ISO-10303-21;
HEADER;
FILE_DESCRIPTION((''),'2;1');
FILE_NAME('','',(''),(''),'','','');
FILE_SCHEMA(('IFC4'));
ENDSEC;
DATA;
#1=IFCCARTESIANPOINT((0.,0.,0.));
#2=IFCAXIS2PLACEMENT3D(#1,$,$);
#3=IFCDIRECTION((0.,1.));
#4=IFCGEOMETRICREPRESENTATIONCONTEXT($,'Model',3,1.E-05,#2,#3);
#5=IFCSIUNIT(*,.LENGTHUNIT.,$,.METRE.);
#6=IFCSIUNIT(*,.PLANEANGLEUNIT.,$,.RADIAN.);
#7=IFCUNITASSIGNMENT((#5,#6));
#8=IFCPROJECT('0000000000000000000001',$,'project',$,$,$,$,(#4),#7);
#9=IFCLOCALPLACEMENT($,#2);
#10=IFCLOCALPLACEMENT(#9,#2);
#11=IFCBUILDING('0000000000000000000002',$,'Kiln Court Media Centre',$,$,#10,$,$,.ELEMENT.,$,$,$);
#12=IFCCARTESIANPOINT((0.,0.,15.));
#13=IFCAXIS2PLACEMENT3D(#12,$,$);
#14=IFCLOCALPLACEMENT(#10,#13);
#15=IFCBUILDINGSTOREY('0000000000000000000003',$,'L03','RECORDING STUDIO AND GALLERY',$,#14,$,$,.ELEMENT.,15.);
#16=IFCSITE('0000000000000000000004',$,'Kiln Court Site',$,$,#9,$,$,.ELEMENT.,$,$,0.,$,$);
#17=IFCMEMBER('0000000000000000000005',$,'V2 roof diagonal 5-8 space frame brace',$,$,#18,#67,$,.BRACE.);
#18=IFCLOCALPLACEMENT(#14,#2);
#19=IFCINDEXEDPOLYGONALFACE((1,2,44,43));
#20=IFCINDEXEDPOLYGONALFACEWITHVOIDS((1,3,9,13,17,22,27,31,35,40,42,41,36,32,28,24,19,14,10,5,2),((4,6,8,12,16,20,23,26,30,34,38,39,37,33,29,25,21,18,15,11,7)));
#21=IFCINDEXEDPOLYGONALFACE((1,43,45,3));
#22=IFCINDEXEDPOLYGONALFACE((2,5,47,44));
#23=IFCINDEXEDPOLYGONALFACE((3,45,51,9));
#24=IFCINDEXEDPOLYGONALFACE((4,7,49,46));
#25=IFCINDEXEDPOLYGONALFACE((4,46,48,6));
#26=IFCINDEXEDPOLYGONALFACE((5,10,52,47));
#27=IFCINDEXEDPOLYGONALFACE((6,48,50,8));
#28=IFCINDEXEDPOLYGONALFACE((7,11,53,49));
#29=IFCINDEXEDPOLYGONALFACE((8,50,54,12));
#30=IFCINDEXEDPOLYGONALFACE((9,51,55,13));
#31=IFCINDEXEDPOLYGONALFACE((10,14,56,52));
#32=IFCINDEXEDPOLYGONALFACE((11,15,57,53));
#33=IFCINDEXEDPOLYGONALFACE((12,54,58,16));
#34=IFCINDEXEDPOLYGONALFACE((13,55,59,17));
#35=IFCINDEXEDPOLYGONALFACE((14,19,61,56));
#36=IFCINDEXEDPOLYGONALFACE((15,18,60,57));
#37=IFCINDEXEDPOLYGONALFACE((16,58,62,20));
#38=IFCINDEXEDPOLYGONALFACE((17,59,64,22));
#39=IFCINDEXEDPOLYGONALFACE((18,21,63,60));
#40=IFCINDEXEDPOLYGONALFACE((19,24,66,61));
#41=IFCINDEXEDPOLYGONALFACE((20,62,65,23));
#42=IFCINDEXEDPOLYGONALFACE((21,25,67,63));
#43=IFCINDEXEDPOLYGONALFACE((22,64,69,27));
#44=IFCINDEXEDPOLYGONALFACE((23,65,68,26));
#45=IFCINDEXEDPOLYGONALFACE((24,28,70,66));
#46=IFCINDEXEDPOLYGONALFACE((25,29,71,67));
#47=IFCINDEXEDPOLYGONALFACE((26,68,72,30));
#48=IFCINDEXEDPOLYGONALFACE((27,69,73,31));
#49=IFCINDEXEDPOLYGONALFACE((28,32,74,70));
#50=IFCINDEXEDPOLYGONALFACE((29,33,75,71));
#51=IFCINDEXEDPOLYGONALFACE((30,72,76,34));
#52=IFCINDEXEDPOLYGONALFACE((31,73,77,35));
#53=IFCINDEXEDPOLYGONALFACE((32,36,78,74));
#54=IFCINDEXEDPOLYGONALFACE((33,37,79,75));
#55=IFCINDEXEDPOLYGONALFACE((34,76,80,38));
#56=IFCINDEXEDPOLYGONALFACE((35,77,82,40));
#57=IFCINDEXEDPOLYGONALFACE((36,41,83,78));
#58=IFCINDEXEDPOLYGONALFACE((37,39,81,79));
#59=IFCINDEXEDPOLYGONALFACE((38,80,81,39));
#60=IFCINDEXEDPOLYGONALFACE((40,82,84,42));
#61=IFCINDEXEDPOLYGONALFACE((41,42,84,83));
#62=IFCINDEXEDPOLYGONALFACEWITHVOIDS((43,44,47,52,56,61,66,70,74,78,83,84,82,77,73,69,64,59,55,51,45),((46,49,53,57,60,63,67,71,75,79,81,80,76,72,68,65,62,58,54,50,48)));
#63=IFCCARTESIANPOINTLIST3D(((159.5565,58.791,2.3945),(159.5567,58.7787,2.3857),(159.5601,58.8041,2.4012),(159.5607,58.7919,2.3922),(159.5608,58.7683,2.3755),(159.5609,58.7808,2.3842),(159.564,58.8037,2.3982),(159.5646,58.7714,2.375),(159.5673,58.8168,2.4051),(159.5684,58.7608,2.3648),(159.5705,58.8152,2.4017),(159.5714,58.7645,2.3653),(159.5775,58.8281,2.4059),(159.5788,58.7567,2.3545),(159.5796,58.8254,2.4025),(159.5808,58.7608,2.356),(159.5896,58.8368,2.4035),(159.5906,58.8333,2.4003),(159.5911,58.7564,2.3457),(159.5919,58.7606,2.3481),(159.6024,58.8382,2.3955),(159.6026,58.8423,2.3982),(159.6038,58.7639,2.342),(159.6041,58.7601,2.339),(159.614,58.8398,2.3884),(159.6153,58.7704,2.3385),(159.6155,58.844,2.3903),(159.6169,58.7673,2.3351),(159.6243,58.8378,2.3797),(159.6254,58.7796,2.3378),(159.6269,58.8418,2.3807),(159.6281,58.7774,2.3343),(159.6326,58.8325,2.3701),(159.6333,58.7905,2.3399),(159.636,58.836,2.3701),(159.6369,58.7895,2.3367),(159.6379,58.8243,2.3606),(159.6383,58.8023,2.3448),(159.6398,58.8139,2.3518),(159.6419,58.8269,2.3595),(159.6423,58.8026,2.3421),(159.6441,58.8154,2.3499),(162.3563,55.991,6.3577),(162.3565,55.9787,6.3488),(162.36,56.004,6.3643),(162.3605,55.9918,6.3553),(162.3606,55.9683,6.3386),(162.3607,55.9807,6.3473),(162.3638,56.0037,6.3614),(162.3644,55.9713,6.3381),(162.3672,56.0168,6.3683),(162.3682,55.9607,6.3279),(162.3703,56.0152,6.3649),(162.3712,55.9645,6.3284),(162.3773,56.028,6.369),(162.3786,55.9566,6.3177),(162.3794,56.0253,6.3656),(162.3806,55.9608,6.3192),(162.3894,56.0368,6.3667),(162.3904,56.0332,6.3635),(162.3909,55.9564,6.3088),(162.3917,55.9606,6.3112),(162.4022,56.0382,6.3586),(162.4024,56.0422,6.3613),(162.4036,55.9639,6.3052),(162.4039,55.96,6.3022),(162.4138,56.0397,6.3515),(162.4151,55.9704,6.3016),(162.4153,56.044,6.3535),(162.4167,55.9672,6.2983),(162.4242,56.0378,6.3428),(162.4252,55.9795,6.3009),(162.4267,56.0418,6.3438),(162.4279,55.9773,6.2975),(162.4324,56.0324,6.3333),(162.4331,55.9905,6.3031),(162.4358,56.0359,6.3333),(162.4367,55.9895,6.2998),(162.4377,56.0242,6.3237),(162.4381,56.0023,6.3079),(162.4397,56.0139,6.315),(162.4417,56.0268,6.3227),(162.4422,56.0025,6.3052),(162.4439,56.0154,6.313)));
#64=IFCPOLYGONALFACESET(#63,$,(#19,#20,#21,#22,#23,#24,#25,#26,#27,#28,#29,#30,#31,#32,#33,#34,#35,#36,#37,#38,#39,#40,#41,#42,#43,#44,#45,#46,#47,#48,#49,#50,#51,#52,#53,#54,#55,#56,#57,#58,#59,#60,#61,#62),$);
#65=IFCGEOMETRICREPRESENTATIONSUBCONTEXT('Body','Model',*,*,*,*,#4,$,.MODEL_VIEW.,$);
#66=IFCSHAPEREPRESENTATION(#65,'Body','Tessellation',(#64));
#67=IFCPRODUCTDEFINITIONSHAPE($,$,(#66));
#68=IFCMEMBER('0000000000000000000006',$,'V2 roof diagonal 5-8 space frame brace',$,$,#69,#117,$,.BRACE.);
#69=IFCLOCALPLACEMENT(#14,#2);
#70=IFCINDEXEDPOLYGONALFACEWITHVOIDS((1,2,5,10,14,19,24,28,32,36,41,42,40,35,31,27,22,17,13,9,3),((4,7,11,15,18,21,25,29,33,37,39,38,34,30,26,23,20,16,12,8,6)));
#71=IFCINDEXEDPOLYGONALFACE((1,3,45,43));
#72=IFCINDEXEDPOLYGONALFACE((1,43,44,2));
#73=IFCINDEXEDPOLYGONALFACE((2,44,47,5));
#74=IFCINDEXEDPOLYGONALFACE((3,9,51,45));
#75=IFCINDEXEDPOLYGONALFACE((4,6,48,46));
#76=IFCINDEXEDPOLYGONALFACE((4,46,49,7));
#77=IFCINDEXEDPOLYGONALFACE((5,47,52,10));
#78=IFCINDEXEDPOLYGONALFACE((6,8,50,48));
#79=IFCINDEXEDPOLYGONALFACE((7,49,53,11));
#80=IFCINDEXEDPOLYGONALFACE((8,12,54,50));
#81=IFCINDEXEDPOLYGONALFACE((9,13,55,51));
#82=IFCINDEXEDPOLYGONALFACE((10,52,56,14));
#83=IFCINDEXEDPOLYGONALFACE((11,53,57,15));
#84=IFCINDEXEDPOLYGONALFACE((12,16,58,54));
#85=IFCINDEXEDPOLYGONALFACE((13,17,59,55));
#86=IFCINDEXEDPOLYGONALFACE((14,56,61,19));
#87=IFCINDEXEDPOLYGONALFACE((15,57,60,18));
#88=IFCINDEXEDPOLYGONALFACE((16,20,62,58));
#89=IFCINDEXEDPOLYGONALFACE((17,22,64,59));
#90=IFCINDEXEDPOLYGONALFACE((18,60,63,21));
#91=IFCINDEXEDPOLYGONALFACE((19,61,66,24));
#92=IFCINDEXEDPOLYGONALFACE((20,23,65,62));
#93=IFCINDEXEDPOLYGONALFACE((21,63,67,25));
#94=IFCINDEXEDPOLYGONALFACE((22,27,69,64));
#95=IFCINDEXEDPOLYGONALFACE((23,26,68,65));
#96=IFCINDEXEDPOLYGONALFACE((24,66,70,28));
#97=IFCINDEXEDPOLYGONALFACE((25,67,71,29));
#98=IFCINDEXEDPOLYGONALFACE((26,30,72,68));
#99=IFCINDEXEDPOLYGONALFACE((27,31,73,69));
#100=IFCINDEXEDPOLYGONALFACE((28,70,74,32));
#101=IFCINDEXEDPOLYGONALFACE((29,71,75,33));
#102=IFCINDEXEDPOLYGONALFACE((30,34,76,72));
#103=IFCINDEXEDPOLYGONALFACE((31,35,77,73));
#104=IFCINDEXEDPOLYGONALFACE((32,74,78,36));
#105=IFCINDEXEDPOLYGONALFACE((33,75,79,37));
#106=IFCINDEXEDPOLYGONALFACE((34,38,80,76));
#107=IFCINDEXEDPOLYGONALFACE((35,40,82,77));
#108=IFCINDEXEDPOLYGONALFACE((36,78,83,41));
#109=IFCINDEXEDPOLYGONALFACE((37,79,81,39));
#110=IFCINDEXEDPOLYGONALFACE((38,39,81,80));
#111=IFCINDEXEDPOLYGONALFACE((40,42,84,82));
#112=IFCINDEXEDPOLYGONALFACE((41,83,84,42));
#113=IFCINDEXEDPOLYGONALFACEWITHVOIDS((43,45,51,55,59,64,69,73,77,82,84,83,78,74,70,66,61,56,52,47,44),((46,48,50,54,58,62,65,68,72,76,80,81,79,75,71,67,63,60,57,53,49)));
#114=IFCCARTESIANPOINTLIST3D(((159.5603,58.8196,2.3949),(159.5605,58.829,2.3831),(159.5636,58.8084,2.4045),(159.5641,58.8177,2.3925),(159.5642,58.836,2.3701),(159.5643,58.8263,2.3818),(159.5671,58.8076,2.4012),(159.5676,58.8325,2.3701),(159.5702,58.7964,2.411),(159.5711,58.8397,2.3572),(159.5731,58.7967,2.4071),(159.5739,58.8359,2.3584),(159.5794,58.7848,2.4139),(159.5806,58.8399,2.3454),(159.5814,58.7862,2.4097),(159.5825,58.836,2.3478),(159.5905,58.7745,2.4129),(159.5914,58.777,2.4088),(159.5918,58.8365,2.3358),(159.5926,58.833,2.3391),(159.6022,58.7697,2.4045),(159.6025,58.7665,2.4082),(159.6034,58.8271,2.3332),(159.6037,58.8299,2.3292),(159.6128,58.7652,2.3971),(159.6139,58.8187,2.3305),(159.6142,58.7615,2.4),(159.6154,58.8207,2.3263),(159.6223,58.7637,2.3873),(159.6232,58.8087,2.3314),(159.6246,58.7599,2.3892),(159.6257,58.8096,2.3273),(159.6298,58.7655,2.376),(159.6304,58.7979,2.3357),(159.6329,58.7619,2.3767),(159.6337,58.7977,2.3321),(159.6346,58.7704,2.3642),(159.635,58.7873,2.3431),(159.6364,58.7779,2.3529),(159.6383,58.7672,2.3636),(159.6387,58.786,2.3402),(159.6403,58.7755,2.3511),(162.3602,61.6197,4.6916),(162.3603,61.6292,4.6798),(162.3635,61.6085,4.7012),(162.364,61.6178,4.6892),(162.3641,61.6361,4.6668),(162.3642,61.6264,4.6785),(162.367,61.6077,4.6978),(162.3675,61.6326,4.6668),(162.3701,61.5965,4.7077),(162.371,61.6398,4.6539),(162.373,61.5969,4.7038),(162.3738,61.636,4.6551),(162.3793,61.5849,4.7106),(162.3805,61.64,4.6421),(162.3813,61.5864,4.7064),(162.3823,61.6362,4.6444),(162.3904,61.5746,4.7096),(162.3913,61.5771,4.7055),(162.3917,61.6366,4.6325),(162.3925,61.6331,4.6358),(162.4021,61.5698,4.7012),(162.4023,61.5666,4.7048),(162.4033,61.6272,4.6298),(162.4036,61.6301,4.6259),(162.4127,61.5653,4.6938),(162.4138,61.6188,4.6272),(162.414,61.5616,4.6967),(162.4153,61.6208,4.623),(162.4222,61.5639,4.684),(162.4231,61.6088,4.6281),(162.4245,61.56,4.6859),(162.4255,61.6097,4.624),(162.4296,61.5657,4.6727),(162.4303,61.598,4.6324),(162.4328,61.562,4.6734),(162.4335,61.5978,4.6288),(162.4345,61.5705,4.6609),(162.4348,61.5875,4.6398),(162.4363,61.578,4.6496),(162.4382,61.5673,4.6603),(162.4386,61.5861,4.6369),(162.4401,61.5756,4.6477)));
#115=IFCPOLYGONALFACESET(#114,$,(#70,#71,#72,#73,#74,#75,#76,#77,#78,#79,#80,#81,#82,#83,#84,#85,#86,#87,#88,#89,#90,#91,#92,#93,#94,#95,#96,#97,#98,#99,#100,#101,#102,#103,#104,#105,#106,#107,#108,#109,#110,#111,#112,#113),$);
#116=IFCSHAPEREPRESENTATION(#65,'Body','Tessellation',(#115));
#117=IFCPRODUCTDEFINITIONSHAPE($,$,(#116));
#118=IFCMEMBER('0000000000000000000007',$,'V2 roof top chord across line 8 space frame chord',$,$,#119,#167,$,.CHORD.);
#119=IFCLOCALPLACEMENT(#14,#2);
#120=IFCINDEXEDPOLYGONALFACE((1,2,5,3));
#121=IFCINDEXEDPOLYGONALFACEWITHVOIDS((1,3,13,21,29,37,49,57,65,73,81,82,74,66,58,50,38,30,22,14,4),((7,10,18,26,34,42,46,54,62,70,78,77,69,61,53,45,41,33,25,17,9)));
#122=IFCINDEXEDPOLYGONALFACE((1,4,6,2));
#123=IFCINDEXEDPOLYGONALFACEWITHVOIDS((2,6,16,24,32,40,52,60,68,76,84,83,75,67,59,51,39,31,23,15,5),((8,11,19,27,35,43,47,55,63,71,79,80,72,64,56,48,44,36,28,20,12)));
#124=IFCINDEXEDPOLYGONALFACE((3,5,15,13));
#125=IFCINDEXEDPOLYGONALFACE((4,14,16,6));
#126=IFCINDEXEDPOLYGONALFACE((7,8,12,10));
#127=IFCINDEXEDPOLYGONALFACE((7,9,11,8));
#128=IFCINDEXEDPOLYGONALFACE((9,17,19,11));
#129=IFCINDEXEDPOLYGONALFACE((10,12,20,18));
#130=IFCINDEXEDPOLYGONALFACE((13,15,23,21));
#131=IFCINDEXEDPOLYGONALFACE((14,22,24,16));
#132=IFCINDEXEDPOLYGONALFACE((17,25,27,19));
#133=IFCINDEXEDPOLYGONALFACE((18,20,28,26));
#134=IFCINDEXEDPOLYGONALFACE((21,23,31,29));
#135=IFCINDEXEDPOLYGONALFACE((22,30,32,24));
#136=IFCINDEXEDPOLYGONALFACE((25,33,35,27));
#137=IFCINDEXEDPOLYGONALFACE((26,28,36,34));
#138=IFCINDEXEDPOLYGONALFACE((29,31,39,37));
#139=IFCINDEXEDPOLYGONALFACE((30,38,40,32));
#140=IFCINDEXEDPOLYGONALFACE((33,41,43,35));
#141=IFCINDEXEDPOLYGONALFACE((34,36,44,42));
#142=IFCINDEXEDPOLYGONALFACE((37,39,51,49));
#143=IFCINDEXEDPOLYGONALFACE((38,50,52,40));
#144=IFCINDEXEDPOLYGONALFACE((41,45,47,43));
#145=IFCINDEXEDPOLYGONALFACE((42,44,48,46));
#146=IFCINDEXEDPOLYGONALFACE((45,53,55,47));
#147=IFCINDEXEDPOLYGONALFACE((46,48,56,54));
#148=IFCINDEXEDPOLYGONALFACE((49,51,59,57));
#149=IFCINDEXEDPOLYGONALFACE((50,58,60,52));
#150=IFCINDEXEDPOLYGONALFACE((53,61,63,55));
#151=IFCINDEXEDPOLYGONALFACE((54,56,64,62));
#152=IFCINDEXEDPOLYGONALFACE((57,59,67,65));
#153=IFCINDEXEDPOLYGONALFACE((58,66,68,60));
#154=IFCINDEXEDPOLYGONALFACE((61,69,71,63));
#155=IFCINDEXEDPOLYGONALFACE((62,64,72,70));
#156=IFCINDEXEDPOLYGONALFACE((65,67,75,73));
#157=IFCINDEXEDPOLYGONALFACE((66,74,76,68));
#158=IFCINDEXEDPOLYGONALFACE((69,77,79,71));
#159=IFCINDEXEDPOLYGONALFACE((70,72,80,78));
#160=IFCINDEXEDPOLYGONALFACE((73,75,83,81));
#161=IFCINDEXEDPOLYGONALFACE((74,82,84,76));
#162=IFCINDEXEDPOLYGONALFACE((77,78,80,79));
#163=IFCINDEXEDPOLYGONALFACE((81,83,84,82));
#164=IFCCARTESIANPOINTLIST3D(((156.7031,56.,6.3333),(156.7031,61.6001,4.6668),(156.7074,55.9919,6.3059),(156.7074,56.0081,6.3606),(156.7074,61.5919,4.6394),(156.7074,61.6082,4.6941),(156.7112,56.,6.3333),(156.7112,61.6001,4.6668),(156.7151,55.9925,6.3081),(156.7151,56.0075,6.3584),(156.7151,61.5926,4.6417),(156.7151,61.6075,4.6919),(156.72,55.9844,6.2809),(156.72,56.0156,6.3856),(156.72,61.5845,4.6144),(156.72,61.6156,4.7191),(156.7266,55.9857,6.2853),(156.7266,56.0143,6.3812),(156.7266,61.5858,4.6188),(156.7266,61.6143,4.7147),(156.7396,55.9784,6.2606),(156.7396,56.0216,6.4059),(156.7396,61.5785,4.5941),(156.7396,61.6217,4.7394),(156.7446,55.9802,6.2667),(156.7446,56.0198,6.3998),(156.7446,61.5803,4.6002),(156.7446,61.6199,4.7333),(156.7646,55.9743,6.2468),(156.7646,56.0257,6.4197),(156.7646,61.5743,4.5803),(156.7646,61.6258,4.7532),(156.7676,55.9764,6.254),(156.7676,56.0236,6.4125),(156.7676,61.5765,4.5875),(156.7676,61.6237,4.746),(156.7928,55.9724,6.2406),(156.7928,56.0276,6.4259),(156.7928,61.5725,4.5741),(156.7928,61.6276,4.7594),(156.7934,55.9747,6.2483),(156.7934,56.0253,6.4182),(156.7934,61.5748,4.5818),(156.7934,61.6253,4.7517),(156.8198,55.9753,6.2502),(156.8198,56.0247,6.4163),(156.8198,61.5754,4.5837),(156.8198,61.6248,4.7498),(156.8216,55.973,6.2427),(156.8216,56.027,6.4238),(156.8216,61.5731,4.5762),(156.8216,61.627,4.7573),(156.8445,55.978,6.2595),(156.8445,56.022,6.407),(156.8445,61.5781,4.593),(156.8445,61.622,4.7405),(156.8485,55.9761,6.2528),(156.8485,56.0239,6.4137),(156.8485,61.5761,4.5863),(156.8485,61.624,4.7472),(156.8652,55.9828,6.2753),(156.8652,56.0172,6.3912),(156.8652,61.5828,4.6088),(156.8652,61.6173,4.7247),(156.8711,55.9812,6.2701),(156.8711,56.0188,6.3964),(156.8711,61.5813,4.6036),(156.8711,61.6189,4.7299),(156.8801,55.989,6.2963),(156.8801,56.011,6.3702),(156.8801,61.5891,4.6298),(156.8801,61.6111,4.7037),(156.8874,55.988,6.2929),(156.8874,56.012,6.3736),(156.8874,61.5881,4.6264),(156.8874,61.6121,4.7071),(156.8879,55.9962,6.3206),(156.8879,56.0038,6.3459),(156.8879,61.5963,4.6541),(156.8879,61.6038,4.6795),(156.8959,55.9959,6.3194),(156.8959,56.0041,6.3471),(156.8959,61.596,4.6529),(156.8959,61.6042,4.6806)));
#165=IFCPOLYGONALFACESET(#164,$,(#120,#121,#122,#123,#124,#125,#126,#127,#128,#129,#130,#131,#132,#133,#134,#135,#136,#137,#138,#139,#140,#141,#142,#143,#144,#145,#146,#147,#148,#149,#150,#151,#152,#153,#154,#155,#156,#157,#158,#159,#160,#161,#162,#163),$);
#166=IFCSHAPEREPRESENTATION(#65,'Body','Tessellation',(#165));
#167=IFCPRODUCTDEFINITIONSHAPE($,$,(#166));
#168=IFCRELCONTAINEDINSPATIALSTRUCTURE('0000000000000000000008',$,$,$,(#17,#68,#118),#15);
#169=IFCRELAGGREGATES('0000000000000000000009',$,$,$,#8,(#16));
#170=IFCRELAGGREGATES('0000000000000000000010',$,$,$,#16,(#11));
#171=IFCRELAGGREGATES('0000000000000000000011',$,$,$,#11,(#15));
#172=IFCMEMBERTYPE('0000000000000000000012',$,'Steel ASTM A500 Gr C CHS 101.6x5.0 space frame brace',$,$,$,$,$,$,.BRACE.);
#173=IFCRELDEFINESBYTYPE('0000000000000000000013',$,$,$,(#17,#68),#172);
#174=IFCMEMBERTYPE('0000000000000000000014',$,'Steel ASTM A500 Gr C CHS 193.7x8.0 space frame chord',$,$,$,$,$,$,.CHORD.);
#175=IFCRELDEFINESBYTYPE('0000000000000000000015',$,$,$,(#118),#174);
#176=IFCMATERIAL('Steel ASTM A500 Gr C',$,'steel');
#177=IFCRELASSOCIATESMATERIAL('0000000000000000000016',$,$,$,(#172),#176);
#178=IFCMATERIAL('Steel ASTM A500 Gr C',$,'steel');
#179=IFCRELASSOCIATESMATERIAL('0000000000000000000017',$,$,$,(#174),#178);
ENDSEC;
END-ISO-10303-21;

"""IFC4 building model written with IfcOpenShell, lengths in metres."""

from ifc_helpers import new_model, si_unit, direction, frame, origin, origin_2d, place, context, subcontext, project, spatial, hollow_circle, extrude, material, material_profile, profile_set, type_object, element, save


model = new_model("IFC4")

# Units and contexts
model_context = context("Model", 3, precision=1e-05, world=origin(), true_north=direction((0.0, 1.0)))
body_context = subcontext(model_context, "Body", "Model", "MODEL_VIEW")
ifc_project = project(units=[si_unit("LENGTHUNIT", "METRE"), si_unit("PLANEANGLEUNIT", "RADIAN")], contexts=[model_context])

# Site, building, storey
site_placement = place(None, origin())
site = spatial("IfcSite", under=ifc_project, at=site_placement, Name="Kiln Court Site", CompositionType="ELEMENT", RefElevation=0.0)
building_placement = place(site_placement, origin())
building = spatial("IfcBuilding", under=site, at=building_placement, Name="Kiln Court Media Centre", CompositionType="ELEMENT")
storey_placement = place(building_placement, frame((0.0, 0.0, 15.0)))
storey = spatial("IfcBuildingStorey", under=building, at=storey_placement, Name="L03", Description="RECORDING STUDIO AND GALLERY", CompositionType="ELEMENT", Elevation=15.0)

# Members
ifc_material_1 = material(Name="Steel ASTM A500 Gr C", Category="steel")
ifc_material_profile_1 = material_profile(ifc_material_1, hollow_circle(Radius=0.0508, WallThickness=0.0049, at=origin_2d()), Name="CHS 101.6x5.0")
ifc_profile_set_1 = profile_set([ifc_material_profile_1], Name="Steel ASTM A500 Gr C")
member_type_1 = type_object("IfcMemberType", Name="Steel ASTM A500 Gr C CHS 101.6x5.0 space frame brace", PredefinedType="BRACE", material=ifc_profile_set_1)
member_1_placement = place(storey_placement, frame((159.6001, 58.8, 2.3701), z_axis=(0.499761, -0.499805, 0.707414), x_axis=(0.707138, 0.707076, 0.0)))
element("IfcMember", 1, at=member_1_placement, inside=storey, type_object=member_type_1, Name="V2 roof diagonal 5-8 space frame brace", PredefinedType="BRACE", context=body_context, shape_type="SweptSolid", body=[
    extrude(hollow_circle(Radius=0.0508, WallThickness=0.0049, at=origin_2d()), origin(), (0.0, 0.0, 1.0), 5.6023),
])
member_2_placement = place(storey_placement, frame((159.6001, 58.8, 2.3701), z_axis=(0.611642, 0.611696, 0.501719), x_axis=(-0.707138, 0.707076, 0.0)))
element("IfcMember", 2, at=member_2_placement, inside=storey, type_object=member_type_1, Name="V2 roof diagonal 5-8 space frame brace", PredefinedType="BRACE", context=body_context, shape_type="SweptSolid", body=[
    extrude(hollow_circle(Radius=0.0508, WallThickness=0.0049, at=origin_2d()), origin(), (0.0, 0.0, 1.0), 4.5776),
])
ifc_material_2 = material(Name="Steel ASTM A500 Gr C", Category="steel")
ifc_material_profile_2 = material_profile(ifc_material_2, hollow_circle(Radius=0.0969, WallThickness=0.0081, at=origin_2d()), Name="CHS 193.7x8.0")
ifc_profile_set_2 = profile_set([ifc_material_profile_2], Name="Steel ASTM A500 Gr C")
member_type_2 = type_object("IfcMemberType", Name="Steel ASTM A500 Gr C CHS 193.7x8.0 space frame chord", PredefinedType="CHORD", material=ifc_profile_set_2)
member_3_placement = place(storey_placement, frame((156.8, 56.0, 6.3333), z_axis=(0.0, 0.958461, -0.285223), x_axis=(-1.0, 0.0, 0.0)))
element("IfcMember", 3, at=member_3_placement, inside=storey, type_object=member_type_2, Name="V2 roof top chord across line 8 space frame chord", PredefinedType="CHORD", context=body_context, shape_type="SweptSolid", body=[
    extrude(hollow_circle(Radius=0.0969, WallThickness=0.0081, at=origin_2d()), origin(), (0.0, 0.0, 1.0), 5.8428),
])

save(model, "model.ifc")
